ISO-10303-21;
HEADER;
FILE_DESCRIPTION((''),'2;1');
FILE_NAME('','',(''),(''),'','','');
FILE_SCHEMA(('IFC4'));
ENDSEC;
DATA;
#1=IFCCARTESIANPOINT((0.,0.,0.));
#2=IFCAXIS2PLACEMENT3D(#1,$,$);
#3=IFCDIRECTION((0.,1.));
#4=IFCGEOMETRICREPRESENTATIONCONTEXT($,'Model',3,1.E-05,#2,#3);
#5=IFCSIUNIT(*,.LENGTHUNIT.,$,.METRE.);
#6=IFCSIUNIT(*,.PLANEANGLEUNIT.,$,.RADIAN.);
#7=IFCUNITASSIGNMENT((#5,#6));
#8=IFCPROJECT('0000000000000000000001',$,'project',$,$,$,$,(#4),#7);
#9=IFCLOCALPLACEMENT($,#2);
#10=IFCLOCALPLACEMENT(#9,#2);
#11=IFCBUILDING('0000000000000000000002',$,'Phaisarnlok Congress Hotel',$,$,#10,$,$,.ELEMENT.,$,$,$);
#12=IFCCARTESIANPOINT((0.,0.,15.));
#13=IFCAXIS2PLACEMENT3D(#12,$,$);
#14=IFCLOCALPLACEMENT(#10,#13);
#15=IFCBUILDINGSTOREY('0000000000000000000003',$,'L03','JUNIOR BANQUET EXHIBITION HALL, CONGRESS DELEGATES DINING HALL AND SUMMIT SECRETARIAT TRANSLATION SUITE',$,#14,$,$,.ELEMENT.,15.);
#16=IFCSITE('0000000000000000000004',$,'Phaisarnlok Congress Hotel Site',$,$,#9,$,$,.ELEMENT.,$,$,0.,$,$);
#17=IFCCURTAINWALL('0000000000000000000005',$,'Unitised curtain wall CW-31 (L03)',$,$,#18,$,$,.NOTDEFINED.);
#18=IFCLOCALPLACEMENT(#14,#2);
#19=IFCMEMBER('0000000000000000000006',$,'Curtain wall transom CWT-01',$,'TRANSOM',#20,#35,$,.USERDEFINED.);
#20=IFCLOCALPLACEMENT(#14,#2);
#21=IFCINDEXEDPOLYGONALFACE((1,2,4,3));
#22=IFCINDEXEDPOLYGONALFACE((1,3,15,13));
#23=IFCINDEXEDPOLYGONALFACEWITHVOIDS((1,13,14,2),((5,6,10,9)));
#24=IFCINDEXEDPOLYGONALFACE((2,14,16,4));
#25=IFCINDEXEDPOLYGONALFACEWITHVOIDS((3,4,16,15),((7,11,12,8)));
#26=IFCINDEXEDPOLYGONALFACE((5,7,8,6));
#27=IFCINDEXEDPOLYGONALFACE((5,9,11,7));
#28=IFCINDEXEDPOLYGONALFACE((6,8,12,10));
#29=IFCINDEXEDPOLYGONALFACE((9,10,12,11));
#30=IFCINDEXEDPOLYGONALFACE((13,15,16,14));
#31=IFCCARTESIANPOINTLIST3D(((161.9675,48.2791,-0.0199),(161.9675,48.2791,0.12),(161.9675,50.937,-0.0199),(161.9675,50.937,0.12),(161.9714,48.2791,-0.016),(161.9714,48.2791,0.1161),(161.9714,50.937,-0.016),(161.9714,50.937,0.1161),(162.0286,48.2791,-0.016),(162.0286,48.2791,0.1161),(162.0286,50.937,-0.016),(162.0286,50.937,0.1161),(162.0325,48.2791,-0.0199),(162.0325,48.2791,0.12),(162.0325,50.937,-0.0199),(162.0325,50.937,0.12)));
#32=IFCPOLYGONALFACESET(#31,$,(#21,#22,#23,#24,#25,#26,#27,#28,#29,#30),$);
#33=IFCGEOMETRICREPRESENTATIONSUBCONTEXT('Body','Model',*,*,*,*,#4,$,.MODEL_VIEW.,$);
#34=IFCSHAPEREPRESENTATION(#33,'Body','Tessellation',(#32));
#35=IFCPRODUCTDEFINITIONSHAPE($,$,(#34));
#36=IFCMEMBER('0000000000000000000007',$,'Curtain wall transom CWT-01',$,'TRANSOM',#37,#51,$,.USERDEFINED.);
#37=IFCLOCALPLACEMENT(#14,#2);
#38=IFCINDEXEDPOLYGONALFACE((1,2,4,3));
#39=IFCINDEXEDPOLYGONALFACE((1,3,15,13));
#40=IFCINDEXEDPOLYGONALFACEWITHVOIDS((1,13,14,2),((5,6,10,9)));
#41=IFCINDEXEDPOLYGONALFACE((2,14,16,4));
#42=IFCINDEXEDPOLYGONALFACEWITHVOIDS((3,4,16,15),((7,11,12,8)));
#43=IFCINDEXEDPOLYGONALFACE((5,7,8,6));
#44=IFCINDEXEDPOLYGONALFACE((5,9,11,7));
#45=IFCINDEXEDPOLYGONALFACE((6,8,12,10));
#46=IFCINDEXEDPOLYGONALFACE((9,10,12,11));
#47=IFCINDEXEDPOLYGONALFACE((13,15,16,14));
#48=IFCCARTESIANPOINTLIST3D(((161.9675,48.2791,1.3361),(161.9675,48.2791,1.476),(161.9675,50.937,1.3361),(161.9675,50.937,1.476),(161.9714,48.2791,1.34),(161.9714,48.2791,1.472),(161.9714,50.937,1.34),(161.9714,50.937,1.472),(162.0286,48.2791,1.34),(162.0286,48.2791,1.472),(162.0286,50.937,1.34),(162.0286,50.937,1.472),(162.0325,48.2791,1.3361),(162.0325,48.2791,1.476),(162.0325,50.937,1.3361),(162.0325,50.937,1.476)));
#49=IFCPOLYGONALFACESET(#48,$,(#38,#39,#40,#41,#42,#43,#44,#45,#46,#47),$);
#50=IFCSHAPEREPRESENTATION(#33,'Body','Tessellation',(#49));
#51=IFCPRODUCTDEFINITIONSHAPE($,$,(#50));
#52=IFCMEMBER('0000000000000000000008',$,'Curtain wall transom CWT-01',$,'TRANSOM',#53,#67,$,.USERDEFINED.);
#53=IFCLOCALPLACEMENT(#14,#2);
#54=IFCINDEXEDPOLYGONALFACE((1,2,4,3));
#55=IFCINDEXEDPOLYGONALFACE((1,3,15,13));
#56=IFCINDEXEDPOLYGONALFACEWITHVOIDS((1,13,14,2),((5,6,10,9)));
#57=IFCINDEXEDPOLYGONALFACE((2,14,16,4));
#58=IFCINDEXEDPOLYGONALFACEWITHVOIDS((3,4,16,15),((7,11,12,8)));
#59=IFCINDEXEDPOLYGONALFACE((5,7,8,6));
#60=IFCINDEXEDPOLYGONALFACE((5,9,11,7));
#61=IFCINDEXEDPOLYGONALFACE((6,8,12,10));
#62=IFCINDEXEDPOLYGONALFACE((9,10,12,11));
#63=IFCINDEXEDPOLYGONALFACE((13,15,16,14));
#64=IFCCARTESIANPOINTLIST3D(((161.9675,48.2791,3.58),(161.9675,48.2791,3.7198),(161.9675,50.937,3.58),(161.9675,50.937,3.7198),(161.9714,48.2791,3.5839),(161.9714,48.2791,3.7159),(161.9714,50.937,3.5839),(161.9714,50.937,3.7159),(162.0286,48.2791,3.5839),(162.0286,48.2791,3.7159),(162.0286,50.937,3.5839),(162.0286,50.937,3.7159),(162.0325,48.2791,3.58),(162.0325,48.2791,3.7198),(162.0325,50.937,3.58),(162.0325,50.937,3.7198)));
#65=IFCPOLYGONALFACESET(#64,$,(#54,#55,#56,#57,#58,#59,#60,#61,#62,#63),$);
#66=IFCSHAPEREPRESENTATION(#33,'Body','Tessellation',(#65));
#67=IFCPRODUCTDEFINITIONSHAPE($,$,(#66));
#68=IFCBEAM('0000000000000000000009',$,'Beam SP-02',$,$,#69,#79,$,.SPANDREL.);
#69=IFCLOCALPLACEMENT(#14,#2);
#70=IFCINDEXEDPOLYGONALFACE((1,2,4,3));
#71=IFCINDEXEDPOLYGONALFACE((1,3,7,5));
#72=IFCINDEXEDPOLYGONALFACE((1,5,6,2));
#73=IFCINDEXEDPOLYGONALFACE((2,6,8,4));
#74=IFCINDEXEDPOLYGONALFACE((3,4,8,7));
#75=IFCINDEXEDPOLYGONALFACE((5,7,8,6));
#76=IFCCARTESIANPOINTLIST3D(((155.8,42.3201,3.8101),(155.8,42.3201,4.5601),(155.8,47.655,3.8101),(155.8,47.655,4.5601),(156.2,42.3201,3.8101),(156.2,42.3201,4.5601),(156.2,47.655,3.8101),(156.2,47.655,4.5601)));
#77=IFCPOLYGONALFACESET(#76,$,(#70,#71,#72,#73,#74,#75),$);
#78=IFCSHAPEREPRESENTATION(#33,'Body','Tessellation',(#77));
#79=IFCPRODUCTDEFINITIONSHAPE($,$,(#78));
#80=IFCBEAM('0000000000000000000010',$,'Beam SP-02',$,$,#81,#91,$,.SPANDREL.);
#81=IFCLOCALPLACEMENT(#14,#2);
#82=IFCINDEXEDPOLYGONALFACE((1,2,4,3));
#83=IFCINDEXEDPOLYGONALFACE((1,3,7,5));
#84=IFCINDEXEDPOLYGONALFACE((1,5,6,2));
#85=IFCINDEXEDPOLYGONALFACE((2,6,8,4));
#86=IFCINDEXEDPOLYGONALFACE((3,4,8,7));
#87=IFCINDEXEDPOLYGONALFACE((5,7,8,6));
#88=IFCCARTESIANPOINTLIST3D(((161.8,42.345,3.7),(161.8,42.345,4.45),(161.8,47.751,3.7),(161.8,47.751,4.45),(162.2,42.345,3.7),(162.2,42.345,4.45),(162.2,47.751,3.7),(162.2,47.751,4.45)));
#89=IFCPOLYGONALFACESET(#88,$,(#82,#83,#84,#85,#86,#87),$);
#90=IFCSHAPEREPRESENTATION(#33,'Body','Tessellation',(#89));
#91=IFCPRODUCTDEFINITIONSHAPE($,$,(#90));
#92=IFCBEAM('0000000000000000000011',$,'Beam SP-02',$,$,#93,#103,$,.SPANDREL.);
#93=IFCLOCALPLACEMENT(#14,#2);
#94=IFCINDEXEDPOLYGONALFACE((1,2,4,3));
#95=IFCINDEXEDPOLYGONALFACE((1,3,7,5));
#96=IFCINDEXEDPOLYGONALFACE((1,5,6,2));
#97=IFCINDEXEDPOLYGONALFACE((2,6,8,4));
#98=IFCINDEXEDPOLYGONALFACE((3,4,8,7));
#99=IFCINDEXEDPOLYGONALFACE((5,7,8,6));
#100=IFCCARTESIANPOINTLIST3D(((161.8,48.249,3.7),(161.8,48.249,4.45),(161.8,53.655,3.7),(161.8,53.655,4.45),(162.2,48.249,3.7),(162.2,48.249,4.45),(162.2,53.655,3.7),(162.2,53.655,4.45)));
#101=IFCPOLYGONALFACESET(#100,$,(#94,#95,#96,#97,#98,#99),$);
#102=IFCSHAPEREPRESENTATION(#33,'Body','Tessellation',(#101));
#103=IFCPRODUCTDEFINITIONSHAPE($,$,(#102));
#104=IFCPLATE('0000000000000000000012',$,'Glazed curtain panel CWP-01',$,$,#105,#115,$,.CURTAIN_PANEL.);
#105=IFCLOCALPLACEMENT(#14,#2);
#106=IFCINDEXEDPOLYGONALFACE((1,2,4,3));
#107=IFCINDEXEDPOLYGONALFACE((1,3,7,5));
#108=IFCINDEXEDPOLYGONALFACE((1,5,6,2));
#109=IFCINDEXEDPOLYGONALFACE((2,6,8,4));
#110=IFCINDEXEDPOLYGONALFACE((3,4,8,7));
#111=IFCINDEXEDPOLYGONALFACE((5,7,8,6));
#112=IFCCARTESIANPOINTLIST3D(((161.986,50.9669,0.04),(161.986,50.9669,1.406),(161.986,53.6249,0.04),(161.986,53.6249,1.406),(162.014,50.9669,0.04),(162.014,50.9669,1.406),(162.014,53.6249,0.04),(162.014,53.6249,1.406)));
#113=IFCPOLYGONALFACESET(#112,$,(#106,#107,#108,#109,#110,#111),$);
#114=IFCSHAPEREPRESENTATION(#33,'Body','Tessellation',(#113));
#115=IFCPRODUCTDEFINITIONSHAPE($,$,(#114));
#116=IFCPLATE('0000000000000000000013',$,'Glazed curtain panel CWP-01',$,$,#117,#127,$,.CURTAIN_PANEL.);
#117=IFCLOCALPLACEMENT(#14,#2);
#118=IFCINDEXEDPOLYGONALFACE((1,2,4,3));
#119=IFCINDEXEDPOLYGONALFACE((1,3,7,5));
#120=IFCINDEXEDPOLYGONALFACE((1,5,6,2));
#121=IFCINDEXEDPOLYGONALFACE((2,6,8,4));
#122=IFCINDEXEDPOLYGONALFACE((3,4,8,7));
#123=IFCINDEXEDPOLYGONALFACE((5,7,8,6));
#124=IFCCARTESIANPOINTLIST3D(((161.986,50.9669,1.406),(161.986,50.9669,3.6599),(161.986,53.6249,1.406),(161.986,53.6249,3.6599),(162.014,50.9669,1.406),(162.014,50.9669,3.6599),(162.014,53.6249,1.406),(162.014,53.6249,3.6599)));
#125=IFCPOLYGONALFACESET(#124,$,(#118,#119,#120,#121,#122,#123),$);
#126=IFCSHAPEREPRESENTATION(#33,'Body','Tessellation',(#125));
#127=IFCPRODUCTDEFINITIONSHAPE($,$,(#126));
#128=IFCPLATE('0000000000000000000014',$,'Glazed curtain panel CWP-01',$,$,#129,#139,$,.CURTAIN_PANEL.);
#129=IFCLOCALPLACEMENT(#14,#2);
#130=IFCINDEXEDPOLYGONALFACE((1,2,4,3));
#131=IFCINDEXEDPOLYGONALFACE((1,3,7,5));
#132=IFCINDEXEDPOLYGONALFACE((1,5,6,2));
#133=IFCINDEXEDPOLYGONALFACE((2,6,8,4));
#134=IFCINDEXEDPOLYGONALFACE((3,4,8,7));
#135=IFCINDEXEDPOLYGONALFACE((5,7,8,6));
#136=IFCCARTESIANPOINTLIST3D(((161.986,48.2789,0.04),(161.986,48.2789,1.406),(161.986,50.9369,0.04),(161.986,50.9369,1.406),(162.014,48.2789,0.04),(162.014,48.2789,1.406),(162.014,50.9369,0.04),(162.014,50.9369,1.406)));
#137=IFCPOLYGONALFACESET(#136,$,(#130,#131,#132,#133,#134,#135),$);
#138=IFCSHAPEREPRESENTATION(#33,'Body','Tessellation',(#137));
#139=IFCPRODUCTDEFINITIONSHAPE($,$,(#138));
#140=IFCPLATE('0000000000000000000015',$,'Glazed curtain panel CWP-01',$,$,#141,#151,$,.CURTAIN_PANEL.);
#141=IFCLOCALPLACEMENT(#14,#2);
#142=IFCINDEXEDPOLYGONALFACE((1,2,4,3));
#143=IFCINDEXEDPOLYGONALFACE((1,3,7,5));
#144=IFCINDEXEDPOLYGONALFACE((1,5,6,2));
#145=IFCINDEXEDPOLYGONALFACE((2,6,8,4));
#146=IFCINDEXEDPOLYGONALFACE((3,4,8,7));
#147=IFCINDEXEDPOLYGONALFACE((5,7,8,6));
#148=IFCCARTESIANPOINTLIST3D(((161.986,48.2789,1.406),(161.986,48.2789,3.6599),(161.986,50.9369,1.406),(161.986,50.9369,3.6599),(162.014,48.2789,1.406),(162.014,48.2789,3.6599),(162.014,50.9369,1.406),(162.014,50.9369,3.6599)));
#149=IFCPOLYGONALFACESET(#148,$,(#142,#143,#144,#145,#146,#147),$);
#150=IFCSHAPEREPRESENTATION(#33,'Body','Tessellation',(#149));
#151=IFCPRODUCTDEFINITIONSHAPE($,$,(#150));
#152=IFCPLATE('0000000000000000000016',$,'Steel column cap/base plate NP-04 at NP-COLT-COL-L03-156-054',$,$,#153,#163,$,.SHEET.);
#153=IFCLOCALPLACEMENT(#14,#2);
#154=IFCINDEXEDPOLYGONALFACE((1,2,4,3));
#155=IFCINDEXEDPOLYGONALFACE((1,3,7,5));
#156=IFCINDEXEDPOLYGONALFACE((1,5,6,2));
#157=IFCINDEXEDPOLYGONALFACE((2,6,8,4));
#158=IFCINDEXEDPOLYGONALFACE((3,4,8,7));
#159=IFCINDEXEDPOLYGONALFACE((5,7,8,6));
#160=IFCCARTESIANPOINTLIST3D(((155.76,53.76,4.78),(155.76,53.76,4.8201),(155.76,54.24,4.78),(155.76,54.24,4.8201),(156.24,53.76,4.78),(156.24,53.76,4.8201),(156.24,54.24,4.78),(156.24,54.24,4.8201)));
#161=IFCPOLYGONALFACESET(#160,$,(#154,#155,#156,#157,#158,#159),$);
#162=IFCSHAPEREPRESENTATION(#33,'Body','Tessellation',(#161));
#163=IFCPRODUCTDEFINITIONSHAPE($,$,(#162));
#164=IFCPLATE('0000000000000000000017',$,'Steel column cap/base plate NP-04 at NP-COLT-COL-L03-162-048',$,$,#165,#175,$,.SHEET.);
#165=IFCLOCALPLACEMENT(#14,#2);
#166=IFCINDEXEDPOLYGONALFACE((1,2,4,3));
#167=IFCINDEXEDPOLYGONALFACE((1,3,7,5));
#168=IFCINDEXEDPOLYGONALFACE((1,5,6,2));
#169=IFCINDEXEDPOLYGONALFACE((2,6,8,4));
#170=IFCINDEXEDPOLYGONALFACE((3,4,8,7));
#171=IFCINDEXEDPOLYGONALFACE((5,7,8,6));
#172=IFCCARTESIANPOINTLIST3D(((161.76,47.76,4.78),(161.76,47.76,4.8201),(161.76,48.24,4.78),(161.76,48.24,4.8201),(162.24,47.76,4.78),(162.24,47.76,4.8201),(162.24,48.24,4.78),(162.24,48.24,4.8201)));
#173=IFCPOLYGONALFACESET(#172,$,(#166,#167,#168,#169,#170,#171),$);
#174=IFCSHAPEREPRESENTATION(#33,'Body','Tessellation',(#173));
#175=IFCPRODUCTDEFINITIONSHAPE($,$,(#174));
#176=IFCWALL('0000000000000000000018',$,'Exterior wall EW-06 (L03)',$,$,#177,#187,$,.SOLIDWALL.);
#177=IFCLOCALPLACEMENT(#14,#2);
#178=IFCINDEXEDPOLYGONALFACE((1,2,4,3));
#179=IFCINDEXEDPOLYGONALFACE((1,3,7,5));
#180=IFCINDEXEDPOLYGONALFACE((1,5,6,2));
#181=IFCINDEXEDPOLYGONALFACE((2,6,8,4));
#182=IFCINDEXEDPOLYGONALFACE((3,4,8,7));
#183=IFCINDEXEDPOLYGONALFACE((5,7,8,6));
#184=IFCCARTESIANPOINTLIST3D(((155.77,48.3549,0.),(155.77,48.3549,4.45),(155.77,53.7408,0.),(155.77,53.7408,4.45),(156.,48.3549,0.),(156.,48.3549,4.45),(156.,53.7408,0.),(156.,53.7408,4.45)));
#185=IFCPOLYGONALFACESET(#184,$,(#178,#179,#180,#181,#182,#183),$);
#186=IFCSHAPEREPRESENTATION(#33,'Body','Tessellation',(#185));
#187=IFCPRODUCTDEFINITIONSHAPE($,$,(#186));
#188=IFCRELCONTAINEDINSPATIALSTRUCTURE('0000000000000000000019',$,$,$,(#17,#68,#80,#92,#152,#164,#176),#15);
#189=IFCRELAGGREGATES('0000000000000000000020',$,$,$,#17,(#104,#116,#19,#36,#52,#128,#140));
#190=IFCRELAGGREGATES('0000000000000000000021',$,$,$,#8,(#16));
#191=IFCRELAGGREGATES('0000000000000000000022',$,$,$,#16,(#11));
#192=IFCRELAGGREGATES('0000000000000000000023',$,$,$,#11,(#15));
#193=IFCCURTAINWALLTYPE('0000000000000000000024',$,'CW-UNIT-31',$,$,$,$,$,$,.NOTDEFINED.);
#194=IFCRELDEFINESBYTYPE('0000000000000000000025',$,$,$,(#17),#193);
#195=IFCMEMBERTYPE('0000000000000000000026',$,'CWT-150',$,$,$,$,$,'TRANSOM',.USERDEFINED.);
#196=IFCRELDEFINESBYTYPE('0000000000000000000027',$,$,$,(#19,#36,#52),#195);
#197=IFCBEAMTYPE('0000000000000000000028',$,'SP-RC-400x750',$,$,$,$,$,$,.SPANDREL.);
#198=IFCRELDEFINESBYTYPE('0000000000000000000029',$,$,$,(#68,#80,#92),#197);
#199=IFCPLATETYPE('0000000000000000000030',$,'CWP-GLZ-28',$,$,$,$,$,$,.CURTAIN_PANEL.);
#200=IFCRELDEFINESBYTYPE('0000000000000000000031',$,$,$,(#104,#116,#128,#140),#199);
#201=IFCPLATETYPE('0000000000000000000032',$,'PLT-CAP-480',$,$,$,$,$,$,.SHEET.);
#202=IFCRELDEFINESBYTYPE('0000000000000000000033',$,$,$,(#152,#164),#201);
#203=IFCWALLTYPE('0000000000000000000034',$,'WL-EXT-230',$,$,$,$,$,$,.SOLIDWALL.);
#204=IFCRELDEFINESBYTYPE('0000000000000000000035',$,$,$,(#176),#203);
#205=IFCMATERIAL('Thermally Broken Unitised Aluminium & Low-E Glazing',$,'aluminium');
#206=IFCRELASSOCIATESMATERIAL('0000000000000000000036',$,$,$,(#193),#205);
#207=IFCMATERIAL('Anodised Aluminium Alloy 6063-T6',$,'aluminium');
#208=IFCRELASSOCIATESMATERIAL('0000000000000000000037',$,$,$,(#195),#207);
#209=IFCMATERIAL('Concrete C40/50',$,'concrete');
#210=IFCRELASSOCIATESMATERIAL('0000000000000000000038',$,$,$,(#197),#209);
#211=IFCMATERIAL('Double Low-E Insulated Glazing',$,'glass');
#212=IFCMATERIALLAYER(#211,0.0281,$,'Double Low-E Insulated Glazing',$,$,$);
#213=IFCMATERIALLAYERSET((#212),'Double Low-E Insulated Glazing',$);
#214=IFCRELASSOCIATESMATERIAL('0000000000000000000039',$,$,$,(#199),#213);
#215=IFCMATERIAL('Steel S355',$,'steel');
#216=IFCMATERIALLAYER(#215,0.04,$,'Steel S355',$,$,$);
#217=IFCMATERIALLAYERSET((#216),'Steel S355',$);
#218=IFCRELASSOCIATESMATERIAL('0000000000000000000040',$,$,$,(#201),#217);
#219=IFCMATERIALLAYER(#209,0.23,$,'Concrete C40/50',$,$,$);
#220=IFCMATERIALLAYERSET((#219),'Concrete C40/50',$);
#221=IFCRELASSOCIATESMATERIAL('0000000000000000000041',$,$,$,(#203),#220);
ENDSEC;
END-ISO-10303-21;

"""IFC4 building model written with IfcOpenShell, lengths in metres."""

from ifc_helpers import new_model, si_unit, direction, frame, frame_2d, origin, origin_2d, place, context, subcontext, project, spatial, rectangle, hollow_rectangle, extrude, material, layer, layer_set, material_profile, profile_set, type_object, element, aggregate, save


model = new_model("IFC4")

# Units and contexts
model_context = context("Model", 3, precision=1e-05, world=origin(), true_north=direction((0.0, 1.0)))
body_context = subcontext(model_context, "Body", "Model", "MODEL_VIEW")
ifc_project = project(units=[si_unit("LENGTHUNIT", "METRE"), si_unit("PLANEANGLEUNIT", "RADIAN")], contexts=[model_context])

# Site, building, storey
site_placement = place(None, origin())
site = spatial("IfcSite", under=ifc_project, at=site_placement, Name="Phaisarnlok Congress Hotel Site", CompositionType="ELEMENT", RefElevation=0.0)
building_placement = place(site_placement, origin())
building = spatial("IfcBuilding", under=site, at=building_placement, Name="Phaisarnlok Congress Hotel", CompositionType="ELEMENT")
storey_placement = place(building_placement, frame((0.0, 0.0, 15.0)))
storey = spatial("IfcBuildingStorey", under=building, at=storey_placement, Name="L03", Description="JUNIOR BANQUET EXHIBITION HALL, CONGRESS DELEGATES DINING HALL AND SUMMIT SECRETARIAT TRANSLATION SUITE", CompositionType="ELEMENT", Elevation=15.0)

# Shared definitions
ifc_material_1 = material(Name="Steel S355", Category="steel")

# Shared definitions
ifc_material_2 = material(Name="Concrete C40/50", Category="concrete")

# Curtain wall, members
ifc_material_3 = material(Name="Thermally Broken Unitised Aluminium & Low-E Glazing", Category="aluminium")
curtain_wall_type = type_object("IfcCurtainWallType", Name="CW-UNIT-31", PredefinedType="NOTDEFINED", material=ifc_material_3)
curtain_wall_placement = place(storey_placement, origin())
curtain_wall = element("IfcCurtainWall", 1, at=curtain_wall_placement, inside=storey, type_object=curtain_wall_type, Name="Unitised curtain wall CW-31 (L03)", PredefinedType="NOTDEFINED")
ifc_material_4 = material(Name="Anodised Aluminium Alloy 6063-T6", Category="aluminium")
ifc_material_profile_1 = material_profile(ifc_material_4, hollow_rectangle(XDim=0.0649, YDim=0.1399, WallThickness=0.0039, at=origin_2d()), Name="ALU-T 65x140x4")
ifc_profile_set_1 = profile_set([ifc_material_profile_1], Name="Anodised Aluminium Alloy 6063-T6")
member_type_1 = type_object("IfcMemberType", Name="CWT-150", ElementType="TRANSOM", PredefinedType="USERDEFINED", material=ifc_profile_set_1)
member_1_placement = place(storey_placement, frame((162.0, 50.937, 0.05), z_axis=(0.0, -1.0, 0.0), x_axis=(1.0, 0.0, 0.0)))
member_1 = element("IfcMember", 2, at=member_1_placement, type_object=member_type_1, Name="Curtain wall transom CWT-01", ObjectType="TRANSOM", PredefinedType="USERDEFINED", context=body_context, shape_type="SweptSolid", body=[
    extrude(hollow_rectangle(XDim=0.0649, YDim=0.1399, WallThickness=0.0039, at=origin_2d()), origin(), (0.0, 0.0, 1.0), 2.658),
])
member_2_placement = place(storey_placement, frame((162.0, 50.937, 1.406), z_axis=(0.0, -1.0, 0.0), x_axis=(1.0, 0.0, 0.0)))
member_2 = element("IfcMember", 3, at=member_2_placement, type_object=member_type_1, Name="Curtain wall transom CWT-01", ObjectType="TRANSOM", PredefinedType="USERDEFINED", context=body_context, shape_type="SweptSolid", body=[
    extrude(hollow_rectangle(XDim=0.0649, YDim=0.1399, WallThickness=0.0039, at=origin_2d()), origin(), (0.0, 0.0, 1.0), 2.658),
])
member_3_placement = place(storey_placement, frame((162.0, 50.937, 3.6499), z_axis=(0.0, -1.0, 0.0), x_axis=(1.0, 0.0, 0.0)))
member_3 = element("IfcMember", 4, at=member_3_placement, type_object=member_type_1, Name="Curtain wall transom CWT-01", ObjectType="TRANSOM", PredefinedType="USERDEFINED", context=body_context, shape_type="SweptSolid", body=[
    extrude(hollow_rectangle(XDim=0.0649, YDim=0.1399, WallThickness=0.0039, at=origin_2d()), origin(), (0.0, 0.0, 1.0), 2.658),
])

# Beams
ifc_material_profile_2 = material_profile(ifc_material_2, rectangle(XDim=0.3999, YDim=0.75, at=origin_2d()), Name="RC 400x750")
ifc_profile_set_2 = profile_set([ifc_material_profile_2], Name="Concrete C40/50")
beam_type_1 = type_object("IfcBeamType", Name="SP-RC-400x750", PredefinedType="SPANDREL", material=ifc_profile_set_2)
beam_1_placement = place(storey_placement, frame((156.0, 42.3201, 4.1851), z_axis=(0.0, 1.0, 0.0), x_axis=(-1.0, 0.0, 0.0)))
element("IfcBeam", 5, at=beam_1_placement, inside=storey, type_object=beam_type_1, Name="Beam SP-02", PredefinedType="SPANDREL", context=body_context, shape_type="SweptSolid", body=[
    extrude(rectangle(XDim=0.3999, YDim=0.75, at=origin_2d()), origin(), (0.0, 0.0, 1.0), 5.335),
])
for number, where, z_axis, x_axis, name in (
    (6, (162.0, 42.345, 4.075), (0.0, 1.0, 0.0), (-1.0, 0.0, 0.0), "Beam SP-02"),
    (7, (162.0, 48.249, 4.075), (0.0, 1.0, 0.0), (-1.0, 0.0, 0.0), "Beam SP-02"),
):
    element("IfcBeam", number, at=place(storey_placement, frame(where, z_axis=z_axis, x_axis=x_axis)), inside=storey, type_object=beam_type_1, Name=name, PredefinedType="SPANDREL", context=body_context, shape_type="SweptSolid", body=[
        extrude(rectangle(XDim=0.3999, YDim=0.75, at=origin_2d()), origin(), (0.0, 0.0, 1.0), 5.406),
    ])

# Plates
ifc_material_5 = material(Name="Double Low-E Insulated Glazing", Category="glass")
ifc_layer_1 = layer(ifc_material_5, 0.0281, Name="Double Low-E Insulated Glazing")
ifc_layer_set_1 = layer_set([ifc_layer_1], Name="Double Low-E Insulated Glazing")
plate_type_1 = type_object("IfcPlateType", Name="CWP-GLZ-28", PredefinedType="CURTAIN_PANEL", material=ifc_layer_set_1)
plate_1_placement = place(storey_placement, frame((162.0, 53.625, 0.04), z_axis=(0.0, 0.0, 1.0), x_axis=(0.0, -1.0, 0.0)))
plate_1 = element("IfcPlate", 8, at=plate_1_placement, type_object=plate_type_1, Name="Glazed curtain panel CWP-01", PredefinedType="CURTAIN_PANEL", context=body_context, shape_type="SweptSolid", body=[
    extrude(rectangle(XDim=2.658, YDim=0.0281, at=frame_2d((1.3291, 0.0))), origin(), (0.0, 0.0, 1.0), 1.366),
])
plate_2_placement = place(storey_placement, frame((162.0, 53.625, 1.406), z_axis=(0.0, 0.0, 1.0), x_axis=(0.0, -1.0, 0.0)))
plate_2 = element("IfcPlate", 9, at=plate_2_placement, type_object=plate_type_1, Name="Glazed curtain panel CWP-01", PredefinedType="CURTAIN_PANEL", context=body_context, shape_type="SweptSolid", body=[
    extrude(rectangle(XDim=2.658, YDim=0.0281, at=frame_2d((1.3291, 0.0))), origin(), (0.0, 0.0, 1.0), 2.2539),
])
plate_3_placement = place(storey_placement, frame((162.0, 50.937, 0.04), z_axis=(0.0, 0.0, 1.0), x_axis=(0.0, -1.0, 0.0)))
plate_3 = element("IfcPlate", 10, at=plate_3_placement, type_object=plate_type_1, Name="Glazed curtain panel CWP-01", PredefinedType="CURTAIN_PANEL", context=body_context, shape_type="SweptSolid", body=[
    extrude(rectangle(XDim=2.658, YDim=0.0281, at=frame_2d((1.3291, 0.0))), origin(), (0.0, 0.0, 1.0), 1.366),
])
plate_4_placement = place(storey_placement, frame((162.0, 50.937, 1.406), z_axis=(0.0, 0.0, 1.0), x_axis=(0.0, -1.0, 0.0)))
plate_4 = element("IfcPlate", 11, at=plate_4_placement, type_object=plate_type_1, Name="Glazed curtain panel CWP-01", PredefinedType="CURTAIN_PANEL", context=body_context, shape_type="SweptSolid", body=[
    extrude(rectangle(XDim=2.658, YDim=0.0281, at=frame_2d((1.3291, 0.0))), origin(), (0.0, 0.0, 1.0), 2.2539),
])
aggregate(curtain_wall, [plate_1, plate_2, member_1, member_2, member_3, plate_3, plate_4])

# Plates
ifc_layer_2 = layer(ifc_material_1, 0.04, Name="Steel S355")
ifc_layer_set_2 = layer_set([ifc_layer_2], Name="Steel S355")
plate_type_2 = type_object("IfcPlateType", Name="PLT-CAP-480", PredefinedType="SHEET", material=ifc_layer_set_2)
for number, where, z_axis, x_axis, name in (
    (12, (156.0, 54.0, 4.78), (0.0, 0.0, 1.0), (1.0, 0.0, 0.0), "Steel column cap/base plate NP-04 at NP-COLT-COL-L03-156-054"),
    (13, (162.0, 48.0, 4.78), (0.0, 0.0, 1.0), (1.0, 0.0, 0.0), "Steel column cap/base plate NP-04 at NP-COLT-COL-L03-162-048"),
):
    element("IfcPlate", number, at=place(storey_placement, frame(where, z_axis=z_axis, x_axis=x_axis)), inside=storey, type_object=plate_type_2, Name=name, PredefinedType="SHEET", context=body_context, shape_type="SweptSolid", body=[
        extrude(rectangle(XDim=0.48, YDim=0.48, at=origin_2d()), origin(), (0.0, 0.0, 1.0), 0.04),
    ])

# Wall
ifc_layer_3 = layer(ifc_material_2, 0.23, Name="Concrete C40/50")
ifc_layer_set_3 = layer_set([ifc_layer_3], Name="Concrete C40/50")
wall_type_1 = type_object("IfcWallType", Name="WL-EXT-230", PredefinedType="SOLIDWALL", material=ifc_layer_set_3)
wall_1_placement = place(storey_placement, frame((155.885, 48.355, 0.0), z_axis=(0.0, 0.0, 1.0), x_axis=(0.0, 1.0, 0.0)))
element("IfcWall", 14, at=wall_1_placement, inside=storey, type_object=wall_type_1, Name="Exterior wall EW-06 (L03)", PredefinedType="SOLIDWALL", context=body_context, shape_type="SweptSolid", body=[
    extrude(rectangle(XDim=5.386, YDim=0.23, at=frame_2d((2.6929, 0.0))), origin(), (0.0, 0.0, 1.0), 4.45),
])

save(model, "model.ifc")
